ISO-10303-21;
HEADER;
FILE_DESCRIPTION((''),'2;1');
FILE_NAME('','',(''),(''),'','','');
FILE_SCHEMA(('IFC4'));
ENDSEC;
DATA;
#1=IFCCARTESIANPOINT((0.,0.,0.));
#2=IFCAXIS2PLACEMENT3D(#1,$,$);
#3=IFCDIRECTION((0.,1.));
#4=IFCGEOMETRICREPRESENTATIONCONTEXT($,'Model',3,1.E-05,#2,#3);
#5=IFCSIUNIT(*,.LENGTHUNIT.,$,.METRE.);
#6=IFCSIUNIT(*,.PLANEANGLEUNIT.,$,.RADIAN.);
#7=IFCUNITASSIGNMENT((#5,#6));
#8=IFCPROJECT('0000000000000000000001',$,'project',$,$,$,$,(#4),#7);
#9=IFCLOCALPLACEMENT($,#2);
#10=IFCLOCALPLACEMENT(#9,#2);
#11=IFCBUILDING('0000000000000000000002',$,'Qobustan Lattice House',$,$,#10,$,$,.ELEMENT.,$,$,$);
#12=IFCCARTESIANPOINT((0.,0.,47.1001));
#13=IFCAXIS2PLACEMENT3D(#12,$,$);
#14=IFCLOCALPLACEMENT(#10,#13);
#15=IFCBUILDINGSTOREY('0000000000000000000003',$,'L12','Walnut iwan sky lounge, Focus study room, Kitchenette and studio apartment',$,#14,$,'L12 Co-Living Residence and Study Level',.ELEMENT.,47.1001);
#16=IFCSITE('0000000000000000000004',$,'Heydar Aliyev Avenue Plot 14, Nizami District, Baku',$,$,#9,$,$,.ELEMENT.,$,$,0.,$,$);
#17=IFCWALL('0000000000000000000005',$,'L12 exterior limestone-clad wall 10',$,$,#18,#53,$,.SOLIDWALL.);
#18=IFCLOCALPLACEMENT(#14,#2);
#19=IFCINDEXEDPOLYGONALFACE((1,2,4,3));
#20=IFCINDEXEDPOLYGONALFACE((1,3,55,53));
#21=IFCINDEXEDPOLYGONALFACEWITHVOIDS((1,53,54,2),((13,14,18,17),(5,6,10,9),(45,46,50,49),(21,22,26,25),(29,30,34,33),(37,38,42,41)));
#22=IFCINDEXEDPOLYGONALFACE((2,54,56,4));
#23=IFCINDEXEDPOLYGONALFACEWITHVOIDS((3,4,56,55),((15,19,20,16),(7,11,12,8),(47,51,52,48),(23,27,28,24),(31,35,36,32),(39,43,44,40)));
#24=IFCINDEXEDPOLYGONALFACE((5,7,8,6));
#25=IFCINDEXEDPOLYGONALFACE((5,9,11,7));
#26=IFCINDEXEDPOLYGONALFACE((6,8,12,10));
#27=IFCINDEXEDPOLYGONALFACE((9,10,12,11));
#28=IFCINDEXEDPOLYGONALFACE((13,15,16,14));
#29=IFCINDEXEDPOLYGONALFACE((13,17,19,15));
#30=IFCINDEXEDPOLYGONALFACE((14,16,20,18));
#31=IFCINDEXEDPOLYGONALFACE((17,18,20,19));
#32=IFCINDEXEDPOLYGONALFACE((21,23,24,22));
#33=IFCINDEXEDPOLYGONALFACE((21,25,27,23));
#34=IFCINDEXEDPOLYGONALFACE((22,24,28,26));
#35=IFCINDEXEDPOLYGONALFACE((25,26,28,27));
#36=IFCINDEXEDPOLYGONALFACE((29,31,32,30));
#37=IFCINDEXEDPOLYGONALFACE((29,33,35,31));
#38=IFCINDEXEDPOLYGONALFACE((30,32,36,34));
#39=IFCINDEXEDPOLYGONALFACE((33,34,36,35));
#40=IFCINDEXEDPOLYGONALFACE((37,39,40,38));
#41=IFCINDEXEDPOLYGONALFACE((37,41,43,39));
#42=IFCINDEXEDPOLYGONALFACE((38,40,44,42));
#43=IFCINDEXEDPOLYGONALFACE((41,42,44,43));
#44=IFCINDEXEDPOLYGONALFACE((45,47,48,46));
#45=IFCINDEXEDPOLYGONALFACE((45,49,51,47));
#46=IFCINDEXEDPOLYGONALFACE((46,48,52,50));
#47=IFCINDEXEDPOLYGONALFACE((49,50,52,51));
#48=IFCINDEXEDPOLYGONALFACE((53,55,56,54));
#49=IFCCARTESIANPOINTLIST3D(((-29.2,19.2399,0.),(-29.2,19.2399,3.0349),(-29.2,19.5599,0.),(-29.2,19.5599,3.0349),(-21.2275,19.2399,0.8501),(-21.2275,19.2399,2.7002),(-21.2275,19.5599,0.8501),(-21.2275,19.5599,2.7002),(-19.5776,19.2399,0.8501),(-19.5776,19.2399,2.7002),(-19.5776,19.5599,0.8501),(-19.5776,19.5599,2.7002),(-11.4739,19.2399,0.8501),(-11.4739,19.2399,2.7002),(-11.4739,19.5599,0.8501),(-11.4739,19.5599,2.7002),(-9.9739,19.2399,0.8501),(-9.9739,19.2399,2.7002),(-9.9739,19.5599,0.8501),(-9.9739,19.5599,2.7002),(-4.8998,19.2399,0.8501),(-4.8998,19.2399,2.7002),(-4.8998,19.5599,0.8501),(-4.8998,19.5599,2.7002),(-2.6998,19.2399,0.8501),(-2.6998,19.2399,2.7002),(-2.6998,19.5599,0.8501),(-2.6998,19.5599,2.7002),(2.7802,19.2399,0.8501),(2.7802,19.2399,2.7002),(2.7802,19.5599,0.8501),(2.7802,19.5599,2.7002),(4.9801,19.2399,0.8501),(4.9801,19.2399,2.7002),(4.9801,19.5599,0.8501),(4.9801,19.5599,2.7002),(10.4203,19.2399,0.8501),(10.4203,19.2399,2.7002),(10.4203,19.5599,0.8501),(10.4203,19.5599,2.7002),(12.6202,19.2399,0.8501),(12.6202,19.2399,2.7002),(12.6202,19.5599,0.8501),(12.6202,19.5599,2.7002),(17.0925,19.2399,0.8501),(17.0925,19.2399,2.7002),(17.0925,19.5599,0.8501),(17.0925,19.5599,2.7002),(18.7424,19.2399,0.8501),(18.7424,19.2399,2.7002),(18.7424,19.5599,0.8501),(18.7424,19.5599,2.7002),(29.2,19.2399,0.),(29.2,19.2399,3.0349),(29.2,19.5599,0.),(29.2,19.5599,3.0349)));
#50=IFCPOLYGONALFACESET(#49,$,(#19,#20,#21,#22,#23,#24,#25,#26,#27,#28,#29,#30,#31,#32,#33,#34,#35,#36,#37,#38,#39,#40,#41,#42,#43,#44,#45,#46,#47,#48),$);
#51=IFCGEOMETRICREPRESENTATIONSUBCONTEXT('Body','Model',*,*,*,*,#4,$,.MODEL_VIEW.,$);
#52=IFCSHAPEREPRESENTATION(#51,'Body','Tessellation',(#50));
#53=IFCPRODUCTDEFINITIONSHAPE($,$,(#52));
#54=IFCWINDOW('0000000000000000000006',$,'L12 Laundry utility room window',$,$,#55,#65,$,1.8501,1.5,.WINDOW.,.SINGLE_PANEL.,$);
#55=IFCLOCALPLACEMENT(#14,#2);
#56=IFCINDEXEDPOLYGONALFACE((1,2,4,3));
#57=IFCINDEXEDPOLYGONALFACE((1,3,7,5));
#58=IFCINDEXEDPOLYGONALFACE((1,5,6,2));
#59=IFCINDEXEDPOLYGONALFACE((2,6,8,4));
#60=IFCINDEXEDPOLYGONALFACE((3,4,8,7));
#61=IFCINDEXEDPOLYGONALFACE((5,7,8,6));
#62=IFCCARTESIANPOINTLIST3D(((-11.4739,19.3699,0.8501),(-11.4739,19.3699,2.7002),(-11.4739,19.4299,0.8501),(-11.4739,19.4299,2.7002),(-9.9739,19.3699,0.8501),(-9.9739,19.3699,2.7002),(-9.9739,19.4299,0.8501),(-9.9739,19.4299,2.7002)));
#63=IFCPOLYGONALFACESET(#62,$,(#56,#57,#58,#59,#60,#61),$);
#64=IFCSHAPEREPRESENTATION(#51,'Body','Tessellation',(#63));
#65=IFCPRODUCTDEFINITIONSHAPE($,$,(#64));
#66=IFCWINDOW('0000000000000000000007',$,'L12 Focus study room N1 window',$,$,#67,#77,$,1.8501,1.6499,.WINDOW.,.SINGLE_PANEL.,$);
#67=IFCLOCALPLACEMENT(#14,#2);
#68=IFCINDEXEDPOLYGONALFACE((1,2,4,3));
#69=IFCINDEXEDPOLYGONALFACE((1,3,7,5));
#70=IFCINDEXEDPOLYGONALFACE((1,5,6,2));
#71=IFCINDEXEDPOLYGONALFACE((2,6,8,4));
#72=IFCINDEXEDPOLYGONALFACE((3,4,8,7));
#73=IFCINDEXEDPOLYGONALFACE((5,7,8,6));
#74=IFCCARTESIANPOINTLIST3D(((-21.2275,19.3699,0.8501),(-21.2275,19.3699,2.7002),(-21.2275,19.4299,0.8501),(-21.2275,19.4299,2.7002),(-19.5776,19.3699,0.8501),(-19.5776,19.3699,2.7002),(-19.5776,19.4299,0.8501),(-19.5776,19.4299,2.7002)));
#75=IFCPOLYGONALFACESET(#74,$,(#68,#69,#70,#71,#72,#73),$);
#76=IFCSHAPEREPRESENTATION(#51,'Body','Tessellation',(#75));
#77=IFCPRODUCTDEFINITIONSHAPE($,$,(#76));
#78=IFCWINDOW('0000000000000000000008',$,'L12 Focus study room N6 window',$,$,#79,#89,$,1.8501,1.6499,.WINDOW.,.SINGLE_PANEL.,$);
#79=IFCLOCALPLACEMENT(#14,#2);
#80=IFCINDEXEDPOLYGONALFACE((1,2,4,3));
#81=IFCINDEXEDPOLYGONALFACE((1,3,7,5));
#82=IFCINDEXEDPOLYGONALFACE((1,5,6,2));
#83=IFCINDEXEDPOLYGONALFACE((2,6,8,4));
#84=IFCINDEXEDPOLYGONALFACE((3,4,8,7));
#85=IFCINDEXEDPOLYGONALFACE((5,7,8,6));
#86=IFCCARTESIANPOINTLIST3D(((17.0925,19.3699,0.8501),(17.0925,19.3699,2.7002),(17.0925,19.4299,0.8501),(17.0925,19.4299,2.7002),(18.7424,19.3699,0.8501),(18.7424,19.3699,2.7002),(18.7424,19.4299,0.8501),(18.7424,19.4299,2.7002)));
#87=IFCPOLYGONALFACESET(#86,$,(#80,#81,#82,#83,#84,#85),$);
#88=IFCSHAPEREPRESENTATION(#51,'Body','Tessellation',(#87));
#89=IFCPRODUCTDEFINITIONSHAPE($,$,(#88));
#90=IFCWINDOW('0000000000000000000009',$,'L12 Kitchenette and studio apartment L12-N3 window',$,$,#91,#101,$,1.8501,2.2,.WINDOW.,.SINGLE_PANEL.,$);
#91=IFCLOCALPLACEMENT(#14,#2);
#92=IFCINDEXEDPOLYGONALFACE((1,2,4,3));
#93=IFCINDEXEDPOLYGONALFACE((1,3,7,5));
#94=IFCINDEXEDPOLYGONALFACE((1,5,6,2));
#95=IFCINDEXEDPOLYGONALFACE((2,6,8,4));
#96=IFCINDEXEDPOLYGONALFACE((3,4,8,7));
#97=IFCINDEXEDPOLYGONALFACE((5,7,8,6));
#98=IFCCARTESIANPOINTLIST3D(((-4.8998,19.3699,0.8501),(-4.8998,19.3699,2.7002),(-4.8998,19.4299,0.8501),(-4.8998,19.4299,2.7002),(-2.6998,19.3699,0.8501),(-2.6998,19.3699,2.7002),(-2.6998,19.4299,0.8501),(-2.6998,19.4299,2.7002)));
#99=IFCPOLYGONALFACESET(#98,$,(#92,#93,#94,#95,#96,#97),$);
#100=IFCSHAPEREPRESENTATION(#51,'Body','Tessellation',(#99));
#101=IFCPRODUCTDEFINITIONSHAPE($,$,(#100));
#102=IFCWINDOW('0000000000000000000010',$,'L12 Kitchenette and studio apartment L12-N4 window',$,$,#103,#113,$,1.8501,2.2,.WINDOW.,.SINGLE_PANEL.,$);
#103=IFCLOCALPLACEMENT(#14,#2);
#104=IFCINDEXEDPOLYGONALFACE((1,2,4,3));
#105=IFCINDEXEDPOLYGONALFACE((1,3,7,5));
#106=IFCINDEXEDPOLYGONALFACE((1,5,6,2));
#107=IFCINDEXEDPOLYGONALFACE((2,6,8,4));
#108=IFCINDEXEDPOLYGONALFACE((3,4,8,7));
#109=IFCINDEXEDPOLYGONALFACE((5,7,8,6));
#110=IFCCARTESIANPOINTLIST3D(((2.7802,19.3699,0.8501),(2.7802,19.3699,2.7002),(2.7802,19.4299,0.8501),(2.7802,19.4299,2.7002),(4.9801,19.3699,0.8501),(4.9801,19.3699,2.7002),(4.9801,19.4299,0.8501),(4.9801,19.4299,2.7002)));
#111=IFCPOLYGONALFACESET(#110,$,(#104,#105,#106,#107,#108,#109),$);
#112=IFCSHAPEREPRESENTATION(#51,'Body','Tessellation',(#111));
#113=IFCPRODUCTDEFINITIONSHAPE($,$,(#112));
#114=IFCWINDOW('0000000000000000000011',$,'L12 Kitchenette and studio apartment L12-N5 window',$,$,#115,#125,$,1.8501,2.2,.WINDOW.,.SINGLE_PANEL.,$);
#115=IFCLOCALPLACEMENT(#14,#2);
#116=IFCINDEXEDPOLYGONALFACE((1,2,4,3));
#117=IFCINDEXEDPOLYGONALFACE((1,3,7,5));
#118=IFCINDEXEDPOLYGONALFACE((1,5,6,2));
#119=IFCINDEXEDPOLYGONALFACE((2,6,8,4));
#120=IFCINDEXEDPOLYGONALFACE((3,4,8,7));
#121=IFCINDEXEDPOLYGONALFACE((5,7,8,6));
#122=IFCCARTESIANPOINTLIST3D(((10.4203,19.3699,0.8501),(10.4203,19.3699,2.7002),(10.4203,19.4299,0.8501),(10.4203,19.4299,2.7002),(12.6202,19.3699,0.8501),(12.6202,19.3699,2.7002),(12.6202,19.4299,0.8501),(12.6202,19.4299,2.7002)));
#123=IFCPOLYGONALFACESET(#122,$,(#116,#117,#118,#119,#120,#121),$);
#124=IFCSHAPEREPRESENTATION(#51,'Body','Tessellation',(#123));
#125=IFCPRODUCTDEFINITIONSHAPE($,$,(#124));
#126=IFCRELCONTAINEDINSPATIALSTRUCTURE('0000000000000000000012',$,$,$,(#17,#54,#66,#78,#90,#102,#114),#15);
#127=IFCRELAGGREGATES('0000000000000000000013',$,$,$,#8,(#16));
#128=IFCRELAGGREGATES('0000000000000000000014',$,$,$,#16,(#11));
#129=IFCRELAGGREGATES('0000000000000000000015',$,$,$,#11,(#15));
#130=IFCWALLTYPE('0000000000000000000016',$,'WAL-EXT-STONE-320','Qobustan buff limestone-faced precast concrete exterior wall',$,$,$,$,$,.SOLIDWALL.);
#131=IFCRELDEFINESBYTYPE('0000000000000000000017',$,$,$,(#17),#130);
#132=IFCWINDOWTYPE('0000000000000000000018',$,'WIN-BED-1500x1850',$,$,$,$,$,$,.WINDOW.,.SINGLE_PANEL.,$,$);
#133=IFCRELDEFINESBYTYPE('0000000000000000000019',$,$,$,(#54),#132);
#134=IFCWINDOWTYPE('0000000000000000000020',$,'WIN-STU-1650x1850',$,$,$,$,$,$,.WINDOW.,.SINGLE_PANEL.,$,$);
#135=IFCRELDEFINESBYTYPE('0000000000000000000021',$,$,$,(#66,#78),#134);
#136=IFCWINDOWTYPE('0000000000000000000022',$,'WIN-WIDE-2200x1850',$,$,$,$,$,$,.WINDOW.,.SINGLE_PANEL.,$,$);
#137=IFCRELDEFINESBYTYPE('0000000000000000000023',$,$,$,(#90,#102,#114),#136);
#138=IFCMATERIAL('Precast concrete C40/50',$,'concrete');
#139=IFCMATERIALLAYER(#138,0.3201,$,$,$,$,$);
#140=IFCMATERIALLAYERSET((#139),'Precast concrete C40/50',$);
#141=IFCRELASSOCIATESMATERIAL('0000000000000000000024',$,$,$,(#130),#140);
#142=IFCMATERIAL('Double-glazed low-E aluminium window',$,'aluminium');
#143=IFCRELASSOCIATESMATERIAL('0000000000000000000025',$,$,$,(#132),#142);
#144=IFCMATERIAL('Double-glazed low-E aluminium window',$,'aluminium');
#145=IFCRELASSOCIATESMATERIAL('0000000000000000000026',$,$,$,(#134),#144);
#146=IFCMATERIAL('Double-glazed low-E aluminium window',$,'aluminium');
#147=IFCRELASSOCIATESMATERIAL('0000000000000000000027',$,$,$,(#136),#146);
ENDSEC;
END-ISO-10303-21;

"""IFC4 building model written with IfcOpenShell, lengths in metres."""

from ifc_helpers import new_model, si_unit, direction, frame, frame_2d, origin, place, context, subcontext, project, spatial, rectangle, extrude, material, layer, layer_set, type_object, element, fill, save


model = new_model("IFC4")

# Units and contexts
model_context = context("Model", 3, precision=1e-05, world=origin(), true_north=direction((0.0, 1.0)))
body_context = subcontext(model_context, "Body", "Model", "MODEL_VIEW")
ifc_project = project(units=[si_unit("LENGTHUNIT", "METRE"), si_unit("PLANEANGLEUNIT", "RADIAN")], contexts=[model_context])

# Site, building, storey
site_placement = place(None, origin())
site = spatial("IfcSite", under=ifc_project, at=site_placement, Name="Heydar Aliyev Avenue Plot 14, Nizami District, Baku", CompositionType="ELEMENT", RefElevation=0.0)
building_placement = place(site_placement, origin())
building = spatial("IfcBuilding", under=site, at=building_placement, Name="Qobustan Lattice House", CompositionType="ELEMENT")
storey_placement = place(building_placement, frame((0.0, 0.0, 47.1001)))
storey = spatial("IfcBuildingStorey", under=building, at=storey_placement, Name="L12", Description="Walnut iwan sky lounge, Focus study room, Kitchenette and studio apartment", LongName="L12 Co-Living Residence and Study Level", CompositionType="ELEMENT", Elevation=47.1001)

# Shared definitions
ifc_material_1 = material(Name="Precast concrete C40/50", Category="concrete")
ifc_layer_1 = layer(ifc_material_1, 0.3201)
ifc_layer_set_1 = layer_set([ifc_layer_1], Name="Precast concrete C40/50")
wall_type = type_object("IfcWallType", Name="WAL-EXT-STONE-320", Description="Qobustan buff limestone-faced precast concrete exterior wall", PredefinedType="SOLIDWALL", material=ifc_layer_set_1)

# Wall, openings, windows
wall_1_placement = place(storey_placement, frame((-29.2, 19.3999, 0.0), z_axis=(0.0, 0.0, 1.0), x_axis=(1.0, 0.0, 0.0)))
wall_1 = element("IfcWall", 1, at=wall_1_placement, inside=storey, type_object=wall_type, Name="L12 exterior limestone-clad wall 10", PredefinedType="SOLIDWALL", context=body_context, shape_type="SweptSolid", body=[
    extrude(rectangle(XDim=58.3999, YDim=0.3201, at=frame_2d((29.2, 0.0))), origin(), (0.0, 0.0, 1.0), 3.0349),
])
opening_1_placement = place(wall_1_placement, frame((7.9724, 0.0, 0.8501)))
opening_1 = element("IfcOpeningElement", 2, at=opening_1_placement, cuts=wall_1, PredefinedType="OPENING", context=body_context, shape_type="SweptSolid", body=[
    extrude(rectangle(XDim=1.6499, YDim=1.8501, at=frame_2d((0.825, 0.925))), frame((0.0, 0.1699, 0.0), z_axis=(0.0, -1.0, 0.0), x_axis=(1.0, 0.0, 0.0)), (0.0, 0.0, 1.0), 0.3401),
])
opening_2_placement = place(wall_1_placement, frame((17.7261, 0.0, 0.8501)))
opening_2 = element("IfcOpeningElement", 3, at=opening_2_placement, cuts=wall_1, PredefinedType="OPENING", context=body_context, shape_type="SweptSolid", body=[
    extrude(rectangle(XDim=1.5, YDim=1.8501, at=frame_2d((0.75, 0.925))), frame((0.0, 0.1699, 0.0), z_axis=(0.0, -1.0, 0.0), x_axis=(1.0, 0.0, 0.0)), (0.0, 0.0, 1.0), 0.3401),
])
opening_3_placement = place(wall_1_placement, frame((24.3, 0.0, 0.8501)))
opening_3 = element("IfcOpeningElement", 4, at=opening_3_placement, cuts=wall_1, PredefinedType="OPENING", context=body_context, shape_type="SweptSolid", body=[
    extrude(rectangle(XDim=2.2, YDim=1.8501, at=frame_2d((1.1001, 0.925))), frame((0.0, 0.1699, 0.0), z_axis=(0.0, -1.0, 0.0), x_axis=(1.0, 0.0, 0.0)), (0.0, 0.0, 1.0), 0.3401),
])
opening_4_placement = place(wall_1_placement, frame((31.98, 0.0, 0.8501)))
opening_4 = element("IfcOpeningElement", 5, at=opening_4_placement, cuts=wall_1, PredefinedType="OPENING", context=body_context, shape_type="SweptSolid", body=[
    extrude(rectangle(XDim=2.2, YDim=1.8501, at=frame_2d((1.1001, 0.925))), frame((0.0, 0.1699, 0.0), z_axis=(0.0, -1.0, 0.0), x_axis=(1.0, 0.0, 0.0)), (0.0, 0.0, 1.0), 0.3401),
])
opening_5_placement = place(wall_1_placement, frame((39.6201, 0.0, 0.8501)))
opening_5 = element("IfcOpeningElement", 6, at=opening_5_placement, cuts=wall_1, PredefinedType="OPENING", context=body_context, shape_type="SweptSolid", body=[
    extrude(rectangle(XDim=2.2, YDim=1.8501, at=frame_2d((1.1001, 0.925))), frame((0.0, 0.1699, 0.0), z_axis=(0.0, -1.0, 0.0), x_axis=(1.0, 0.0, 0.0)), (0.0, 0.0, 1.0), 0.3401),
])
opening_6_placement = place(wall_1_placement, frame((46.2925, 0.0, 0.8501)))
opening_6 = element("IfcOpeningElement", 7, at=opening_6_placement, cuts=wall_1, PredefinedType="OPENING", context=body_context, shape_type="SweptSolid", body=[
    extrude(rectangle(XDim=1.6499, YDim=1.8501, at=frame_2d((0.825, 0.925))), frame((0.0, 0.1699, 0.0), z_axis=(0.0, -1.0, 0.0), x_axis=(1.0, 0.0, 0.0)), (0.0, 0.0, 1.0), 0.3401),
])
ifc_material_2 = material(Name="Double-glazed low-E aluminium window", Category="aluminium")
window_type_1 = type_object("IfcWindowType", Name="WIN-BED-1500x1850", PartitioningType="SINGLE_PANEL", PredefinedType="WINDOW", material=ifc_material_2)
window_1_placement = place(opening_2_placement, origin())
window_1 = element("IfcWindow", 8, at=window_1_placement, inside=storey, type_object=window_type_1, Name="L12 Laundry utility room window", OverallHeight=1.8501, OverallWidth=1.5, PartitioningType="SINGLE_PANEL", PredefinedType="WINDOW", context=body_context, shape_type="SweptSolid", body=[
    extrude(rectangle(XDim=1.5, YDim=1.8501, at=frame_2d((0.75, 0.925))), frame((0.0, 0.03, 0.0), z_axis=(0.0, -1.0, 0.0), x_axis=(1.0, 0.0, 0.0)), (0.0, 0.0, 1.0), 0.0601),
])
fill(opening_2, window_1)
ifc_material_3 = material(Name="Double-glazed low-E aluminium window", Category="aluminium")
window_type_2 = type_object("IfcWindowType", Name="WIN-STU-1650x1850", PartitioningType="SINGLE_PANEL", PredefinedType="WINDOW", material=ifc_material_3)
window_2_placement = place(opening_1_placement, origin())
window_2 = element("IfcWindow", 9, at=window_2_placement, inside=storey, type_object=window_type_2, Name="L12 Focus study room N1 window", OverallHeight=1.8501, OverallWidth=1.6499, PartitioningType="SINGLE_PANEL", PredefinedType="WINDOW", context=body_context, shape_type="SweptSolid", body=[
    extrude(rectangle(XDim=1.6499, YDim=1.8501, at=frame_2d((0.825, 0.925))), frame((0.0, 0.03, 0.0), z_axis=(0.0, -1.0, 0.0), x_axis=(1.0, 0.0, 0.0)), (0.0, 0.0, 1.0), 0.0601),
])
fill(opening_1, window_2)
window_3_placement = place(opening_6_placement, origin())
window_3 = element("IfcWindow", 10, at=window_3_placement, inside=storey, type_object=window_type_2, Name="L12 Focus study room N6 window", OverallHeight=1.8501, OverallWidth=1.6499, PartitioningType="SINGLE_PANEL", PredefinedType="WINDOW", context=body_context, shape_type="SweptSolid", body=[
    extrude(rectangle(XDim=1.6499, YDim=1.8501, at=frame_2d((0.825, 0.925))), frame((0.0, 0.03, 0.0), z_axis=(0.0, -1.0, 0.0), x_axis=(1.0, 0.0, 0.0)), (0.0, 0.0, 1.0), 0.0601),
])
fill(opening_6, window_3)
ifc_material_4 = material(Name="Double-glazed low-E aluminium window", Category="aluminium")
window_type_3 = type_object("IfcWindowType", Name="WIN-WIDE-2200x1850", PartitioningType="SINGLE_PANEL", PredefinedType="WINDOW", material=ifc_material_4)
window_4_placement = place(opening_3_placement, origin())
window_4 = element("IfcWindow", 11, at=window_4_placement, inside=storey, type_object=window_type_3, Name="L12 Kitchenette and studio apartment L12-N3 window", OverallHeight=1.8501, OverallWidth=2.2, PartitioningType="SINGLE_PANEL", PredefinedType="WINDOW", context=body_context, shape_type="SweptSolid", body=[
    extrude(rectangle(XDim=2.2, YDim=1.8501, at=frame_2d((1.1001, 0.925))), frame((0.0, 0.03, 0.0), z_axis=(0.0, -1.0, 0.0), x_axis=(1.0, 0.0, 0.0)), (0.0, 0.0, 1.0), 0.0601),
])
fill(opening_3, window_4)
window_5_placement = place(opening_4_placement, origin())
window_5 = element("IfcWindow", 12, at=window_5_placement, inside=storey, type_object=window_type_3, Name="L12 Kitchenette and studio apartment L12-N4 window", OverallHeight=1.8501, OverallWidth=2.2, PartitioningType="SINGLE_PANEL", PredefinedType="WINDOW", context=body_context, shape_type="SweptSolid", body=[
    extrude(rectangle(XDim=2.2, YDim=1.8501, at=frame_2d((1.1001, 0.925))), frame((0.0, 0.03, 0.0), z_axis=(0.0, -1.0, 0.0), x_axis=(1.0, 0.0, 0.0)), (0.0, 0.0, 1.0), 0.0601),
])
fill(opening_4, window_5)
window_6_placement = place(opening_5_placement, origin())
window_6 = element("IfcWindow", 13, at=window_6_placement, inside=storey, type_object=window_type_3, Name="L12 Kitchenette and studio apartment L12-N5 window", OverallHeight=1.8501, OverallWidth=2.2, PartitioningType="SINGLE_PANEL", PredefinedType="WINDOW", context=body_context, shape_type="SweptSolid", body=[
    extrude(rectangle(XDim=2.2, YDim=1.8501, at=frame_2d((1.1001, 0.925))), frame((0.0, 0.03, 0.0), z_axis=(0.0, -1.0, 0.0), x_axis=(1.0, 0.0, 0.0)), (0.0, 0.0, 1.0), 0.0601),
])
fill(opening_5, window_6)

save(model, "model.ifc")
